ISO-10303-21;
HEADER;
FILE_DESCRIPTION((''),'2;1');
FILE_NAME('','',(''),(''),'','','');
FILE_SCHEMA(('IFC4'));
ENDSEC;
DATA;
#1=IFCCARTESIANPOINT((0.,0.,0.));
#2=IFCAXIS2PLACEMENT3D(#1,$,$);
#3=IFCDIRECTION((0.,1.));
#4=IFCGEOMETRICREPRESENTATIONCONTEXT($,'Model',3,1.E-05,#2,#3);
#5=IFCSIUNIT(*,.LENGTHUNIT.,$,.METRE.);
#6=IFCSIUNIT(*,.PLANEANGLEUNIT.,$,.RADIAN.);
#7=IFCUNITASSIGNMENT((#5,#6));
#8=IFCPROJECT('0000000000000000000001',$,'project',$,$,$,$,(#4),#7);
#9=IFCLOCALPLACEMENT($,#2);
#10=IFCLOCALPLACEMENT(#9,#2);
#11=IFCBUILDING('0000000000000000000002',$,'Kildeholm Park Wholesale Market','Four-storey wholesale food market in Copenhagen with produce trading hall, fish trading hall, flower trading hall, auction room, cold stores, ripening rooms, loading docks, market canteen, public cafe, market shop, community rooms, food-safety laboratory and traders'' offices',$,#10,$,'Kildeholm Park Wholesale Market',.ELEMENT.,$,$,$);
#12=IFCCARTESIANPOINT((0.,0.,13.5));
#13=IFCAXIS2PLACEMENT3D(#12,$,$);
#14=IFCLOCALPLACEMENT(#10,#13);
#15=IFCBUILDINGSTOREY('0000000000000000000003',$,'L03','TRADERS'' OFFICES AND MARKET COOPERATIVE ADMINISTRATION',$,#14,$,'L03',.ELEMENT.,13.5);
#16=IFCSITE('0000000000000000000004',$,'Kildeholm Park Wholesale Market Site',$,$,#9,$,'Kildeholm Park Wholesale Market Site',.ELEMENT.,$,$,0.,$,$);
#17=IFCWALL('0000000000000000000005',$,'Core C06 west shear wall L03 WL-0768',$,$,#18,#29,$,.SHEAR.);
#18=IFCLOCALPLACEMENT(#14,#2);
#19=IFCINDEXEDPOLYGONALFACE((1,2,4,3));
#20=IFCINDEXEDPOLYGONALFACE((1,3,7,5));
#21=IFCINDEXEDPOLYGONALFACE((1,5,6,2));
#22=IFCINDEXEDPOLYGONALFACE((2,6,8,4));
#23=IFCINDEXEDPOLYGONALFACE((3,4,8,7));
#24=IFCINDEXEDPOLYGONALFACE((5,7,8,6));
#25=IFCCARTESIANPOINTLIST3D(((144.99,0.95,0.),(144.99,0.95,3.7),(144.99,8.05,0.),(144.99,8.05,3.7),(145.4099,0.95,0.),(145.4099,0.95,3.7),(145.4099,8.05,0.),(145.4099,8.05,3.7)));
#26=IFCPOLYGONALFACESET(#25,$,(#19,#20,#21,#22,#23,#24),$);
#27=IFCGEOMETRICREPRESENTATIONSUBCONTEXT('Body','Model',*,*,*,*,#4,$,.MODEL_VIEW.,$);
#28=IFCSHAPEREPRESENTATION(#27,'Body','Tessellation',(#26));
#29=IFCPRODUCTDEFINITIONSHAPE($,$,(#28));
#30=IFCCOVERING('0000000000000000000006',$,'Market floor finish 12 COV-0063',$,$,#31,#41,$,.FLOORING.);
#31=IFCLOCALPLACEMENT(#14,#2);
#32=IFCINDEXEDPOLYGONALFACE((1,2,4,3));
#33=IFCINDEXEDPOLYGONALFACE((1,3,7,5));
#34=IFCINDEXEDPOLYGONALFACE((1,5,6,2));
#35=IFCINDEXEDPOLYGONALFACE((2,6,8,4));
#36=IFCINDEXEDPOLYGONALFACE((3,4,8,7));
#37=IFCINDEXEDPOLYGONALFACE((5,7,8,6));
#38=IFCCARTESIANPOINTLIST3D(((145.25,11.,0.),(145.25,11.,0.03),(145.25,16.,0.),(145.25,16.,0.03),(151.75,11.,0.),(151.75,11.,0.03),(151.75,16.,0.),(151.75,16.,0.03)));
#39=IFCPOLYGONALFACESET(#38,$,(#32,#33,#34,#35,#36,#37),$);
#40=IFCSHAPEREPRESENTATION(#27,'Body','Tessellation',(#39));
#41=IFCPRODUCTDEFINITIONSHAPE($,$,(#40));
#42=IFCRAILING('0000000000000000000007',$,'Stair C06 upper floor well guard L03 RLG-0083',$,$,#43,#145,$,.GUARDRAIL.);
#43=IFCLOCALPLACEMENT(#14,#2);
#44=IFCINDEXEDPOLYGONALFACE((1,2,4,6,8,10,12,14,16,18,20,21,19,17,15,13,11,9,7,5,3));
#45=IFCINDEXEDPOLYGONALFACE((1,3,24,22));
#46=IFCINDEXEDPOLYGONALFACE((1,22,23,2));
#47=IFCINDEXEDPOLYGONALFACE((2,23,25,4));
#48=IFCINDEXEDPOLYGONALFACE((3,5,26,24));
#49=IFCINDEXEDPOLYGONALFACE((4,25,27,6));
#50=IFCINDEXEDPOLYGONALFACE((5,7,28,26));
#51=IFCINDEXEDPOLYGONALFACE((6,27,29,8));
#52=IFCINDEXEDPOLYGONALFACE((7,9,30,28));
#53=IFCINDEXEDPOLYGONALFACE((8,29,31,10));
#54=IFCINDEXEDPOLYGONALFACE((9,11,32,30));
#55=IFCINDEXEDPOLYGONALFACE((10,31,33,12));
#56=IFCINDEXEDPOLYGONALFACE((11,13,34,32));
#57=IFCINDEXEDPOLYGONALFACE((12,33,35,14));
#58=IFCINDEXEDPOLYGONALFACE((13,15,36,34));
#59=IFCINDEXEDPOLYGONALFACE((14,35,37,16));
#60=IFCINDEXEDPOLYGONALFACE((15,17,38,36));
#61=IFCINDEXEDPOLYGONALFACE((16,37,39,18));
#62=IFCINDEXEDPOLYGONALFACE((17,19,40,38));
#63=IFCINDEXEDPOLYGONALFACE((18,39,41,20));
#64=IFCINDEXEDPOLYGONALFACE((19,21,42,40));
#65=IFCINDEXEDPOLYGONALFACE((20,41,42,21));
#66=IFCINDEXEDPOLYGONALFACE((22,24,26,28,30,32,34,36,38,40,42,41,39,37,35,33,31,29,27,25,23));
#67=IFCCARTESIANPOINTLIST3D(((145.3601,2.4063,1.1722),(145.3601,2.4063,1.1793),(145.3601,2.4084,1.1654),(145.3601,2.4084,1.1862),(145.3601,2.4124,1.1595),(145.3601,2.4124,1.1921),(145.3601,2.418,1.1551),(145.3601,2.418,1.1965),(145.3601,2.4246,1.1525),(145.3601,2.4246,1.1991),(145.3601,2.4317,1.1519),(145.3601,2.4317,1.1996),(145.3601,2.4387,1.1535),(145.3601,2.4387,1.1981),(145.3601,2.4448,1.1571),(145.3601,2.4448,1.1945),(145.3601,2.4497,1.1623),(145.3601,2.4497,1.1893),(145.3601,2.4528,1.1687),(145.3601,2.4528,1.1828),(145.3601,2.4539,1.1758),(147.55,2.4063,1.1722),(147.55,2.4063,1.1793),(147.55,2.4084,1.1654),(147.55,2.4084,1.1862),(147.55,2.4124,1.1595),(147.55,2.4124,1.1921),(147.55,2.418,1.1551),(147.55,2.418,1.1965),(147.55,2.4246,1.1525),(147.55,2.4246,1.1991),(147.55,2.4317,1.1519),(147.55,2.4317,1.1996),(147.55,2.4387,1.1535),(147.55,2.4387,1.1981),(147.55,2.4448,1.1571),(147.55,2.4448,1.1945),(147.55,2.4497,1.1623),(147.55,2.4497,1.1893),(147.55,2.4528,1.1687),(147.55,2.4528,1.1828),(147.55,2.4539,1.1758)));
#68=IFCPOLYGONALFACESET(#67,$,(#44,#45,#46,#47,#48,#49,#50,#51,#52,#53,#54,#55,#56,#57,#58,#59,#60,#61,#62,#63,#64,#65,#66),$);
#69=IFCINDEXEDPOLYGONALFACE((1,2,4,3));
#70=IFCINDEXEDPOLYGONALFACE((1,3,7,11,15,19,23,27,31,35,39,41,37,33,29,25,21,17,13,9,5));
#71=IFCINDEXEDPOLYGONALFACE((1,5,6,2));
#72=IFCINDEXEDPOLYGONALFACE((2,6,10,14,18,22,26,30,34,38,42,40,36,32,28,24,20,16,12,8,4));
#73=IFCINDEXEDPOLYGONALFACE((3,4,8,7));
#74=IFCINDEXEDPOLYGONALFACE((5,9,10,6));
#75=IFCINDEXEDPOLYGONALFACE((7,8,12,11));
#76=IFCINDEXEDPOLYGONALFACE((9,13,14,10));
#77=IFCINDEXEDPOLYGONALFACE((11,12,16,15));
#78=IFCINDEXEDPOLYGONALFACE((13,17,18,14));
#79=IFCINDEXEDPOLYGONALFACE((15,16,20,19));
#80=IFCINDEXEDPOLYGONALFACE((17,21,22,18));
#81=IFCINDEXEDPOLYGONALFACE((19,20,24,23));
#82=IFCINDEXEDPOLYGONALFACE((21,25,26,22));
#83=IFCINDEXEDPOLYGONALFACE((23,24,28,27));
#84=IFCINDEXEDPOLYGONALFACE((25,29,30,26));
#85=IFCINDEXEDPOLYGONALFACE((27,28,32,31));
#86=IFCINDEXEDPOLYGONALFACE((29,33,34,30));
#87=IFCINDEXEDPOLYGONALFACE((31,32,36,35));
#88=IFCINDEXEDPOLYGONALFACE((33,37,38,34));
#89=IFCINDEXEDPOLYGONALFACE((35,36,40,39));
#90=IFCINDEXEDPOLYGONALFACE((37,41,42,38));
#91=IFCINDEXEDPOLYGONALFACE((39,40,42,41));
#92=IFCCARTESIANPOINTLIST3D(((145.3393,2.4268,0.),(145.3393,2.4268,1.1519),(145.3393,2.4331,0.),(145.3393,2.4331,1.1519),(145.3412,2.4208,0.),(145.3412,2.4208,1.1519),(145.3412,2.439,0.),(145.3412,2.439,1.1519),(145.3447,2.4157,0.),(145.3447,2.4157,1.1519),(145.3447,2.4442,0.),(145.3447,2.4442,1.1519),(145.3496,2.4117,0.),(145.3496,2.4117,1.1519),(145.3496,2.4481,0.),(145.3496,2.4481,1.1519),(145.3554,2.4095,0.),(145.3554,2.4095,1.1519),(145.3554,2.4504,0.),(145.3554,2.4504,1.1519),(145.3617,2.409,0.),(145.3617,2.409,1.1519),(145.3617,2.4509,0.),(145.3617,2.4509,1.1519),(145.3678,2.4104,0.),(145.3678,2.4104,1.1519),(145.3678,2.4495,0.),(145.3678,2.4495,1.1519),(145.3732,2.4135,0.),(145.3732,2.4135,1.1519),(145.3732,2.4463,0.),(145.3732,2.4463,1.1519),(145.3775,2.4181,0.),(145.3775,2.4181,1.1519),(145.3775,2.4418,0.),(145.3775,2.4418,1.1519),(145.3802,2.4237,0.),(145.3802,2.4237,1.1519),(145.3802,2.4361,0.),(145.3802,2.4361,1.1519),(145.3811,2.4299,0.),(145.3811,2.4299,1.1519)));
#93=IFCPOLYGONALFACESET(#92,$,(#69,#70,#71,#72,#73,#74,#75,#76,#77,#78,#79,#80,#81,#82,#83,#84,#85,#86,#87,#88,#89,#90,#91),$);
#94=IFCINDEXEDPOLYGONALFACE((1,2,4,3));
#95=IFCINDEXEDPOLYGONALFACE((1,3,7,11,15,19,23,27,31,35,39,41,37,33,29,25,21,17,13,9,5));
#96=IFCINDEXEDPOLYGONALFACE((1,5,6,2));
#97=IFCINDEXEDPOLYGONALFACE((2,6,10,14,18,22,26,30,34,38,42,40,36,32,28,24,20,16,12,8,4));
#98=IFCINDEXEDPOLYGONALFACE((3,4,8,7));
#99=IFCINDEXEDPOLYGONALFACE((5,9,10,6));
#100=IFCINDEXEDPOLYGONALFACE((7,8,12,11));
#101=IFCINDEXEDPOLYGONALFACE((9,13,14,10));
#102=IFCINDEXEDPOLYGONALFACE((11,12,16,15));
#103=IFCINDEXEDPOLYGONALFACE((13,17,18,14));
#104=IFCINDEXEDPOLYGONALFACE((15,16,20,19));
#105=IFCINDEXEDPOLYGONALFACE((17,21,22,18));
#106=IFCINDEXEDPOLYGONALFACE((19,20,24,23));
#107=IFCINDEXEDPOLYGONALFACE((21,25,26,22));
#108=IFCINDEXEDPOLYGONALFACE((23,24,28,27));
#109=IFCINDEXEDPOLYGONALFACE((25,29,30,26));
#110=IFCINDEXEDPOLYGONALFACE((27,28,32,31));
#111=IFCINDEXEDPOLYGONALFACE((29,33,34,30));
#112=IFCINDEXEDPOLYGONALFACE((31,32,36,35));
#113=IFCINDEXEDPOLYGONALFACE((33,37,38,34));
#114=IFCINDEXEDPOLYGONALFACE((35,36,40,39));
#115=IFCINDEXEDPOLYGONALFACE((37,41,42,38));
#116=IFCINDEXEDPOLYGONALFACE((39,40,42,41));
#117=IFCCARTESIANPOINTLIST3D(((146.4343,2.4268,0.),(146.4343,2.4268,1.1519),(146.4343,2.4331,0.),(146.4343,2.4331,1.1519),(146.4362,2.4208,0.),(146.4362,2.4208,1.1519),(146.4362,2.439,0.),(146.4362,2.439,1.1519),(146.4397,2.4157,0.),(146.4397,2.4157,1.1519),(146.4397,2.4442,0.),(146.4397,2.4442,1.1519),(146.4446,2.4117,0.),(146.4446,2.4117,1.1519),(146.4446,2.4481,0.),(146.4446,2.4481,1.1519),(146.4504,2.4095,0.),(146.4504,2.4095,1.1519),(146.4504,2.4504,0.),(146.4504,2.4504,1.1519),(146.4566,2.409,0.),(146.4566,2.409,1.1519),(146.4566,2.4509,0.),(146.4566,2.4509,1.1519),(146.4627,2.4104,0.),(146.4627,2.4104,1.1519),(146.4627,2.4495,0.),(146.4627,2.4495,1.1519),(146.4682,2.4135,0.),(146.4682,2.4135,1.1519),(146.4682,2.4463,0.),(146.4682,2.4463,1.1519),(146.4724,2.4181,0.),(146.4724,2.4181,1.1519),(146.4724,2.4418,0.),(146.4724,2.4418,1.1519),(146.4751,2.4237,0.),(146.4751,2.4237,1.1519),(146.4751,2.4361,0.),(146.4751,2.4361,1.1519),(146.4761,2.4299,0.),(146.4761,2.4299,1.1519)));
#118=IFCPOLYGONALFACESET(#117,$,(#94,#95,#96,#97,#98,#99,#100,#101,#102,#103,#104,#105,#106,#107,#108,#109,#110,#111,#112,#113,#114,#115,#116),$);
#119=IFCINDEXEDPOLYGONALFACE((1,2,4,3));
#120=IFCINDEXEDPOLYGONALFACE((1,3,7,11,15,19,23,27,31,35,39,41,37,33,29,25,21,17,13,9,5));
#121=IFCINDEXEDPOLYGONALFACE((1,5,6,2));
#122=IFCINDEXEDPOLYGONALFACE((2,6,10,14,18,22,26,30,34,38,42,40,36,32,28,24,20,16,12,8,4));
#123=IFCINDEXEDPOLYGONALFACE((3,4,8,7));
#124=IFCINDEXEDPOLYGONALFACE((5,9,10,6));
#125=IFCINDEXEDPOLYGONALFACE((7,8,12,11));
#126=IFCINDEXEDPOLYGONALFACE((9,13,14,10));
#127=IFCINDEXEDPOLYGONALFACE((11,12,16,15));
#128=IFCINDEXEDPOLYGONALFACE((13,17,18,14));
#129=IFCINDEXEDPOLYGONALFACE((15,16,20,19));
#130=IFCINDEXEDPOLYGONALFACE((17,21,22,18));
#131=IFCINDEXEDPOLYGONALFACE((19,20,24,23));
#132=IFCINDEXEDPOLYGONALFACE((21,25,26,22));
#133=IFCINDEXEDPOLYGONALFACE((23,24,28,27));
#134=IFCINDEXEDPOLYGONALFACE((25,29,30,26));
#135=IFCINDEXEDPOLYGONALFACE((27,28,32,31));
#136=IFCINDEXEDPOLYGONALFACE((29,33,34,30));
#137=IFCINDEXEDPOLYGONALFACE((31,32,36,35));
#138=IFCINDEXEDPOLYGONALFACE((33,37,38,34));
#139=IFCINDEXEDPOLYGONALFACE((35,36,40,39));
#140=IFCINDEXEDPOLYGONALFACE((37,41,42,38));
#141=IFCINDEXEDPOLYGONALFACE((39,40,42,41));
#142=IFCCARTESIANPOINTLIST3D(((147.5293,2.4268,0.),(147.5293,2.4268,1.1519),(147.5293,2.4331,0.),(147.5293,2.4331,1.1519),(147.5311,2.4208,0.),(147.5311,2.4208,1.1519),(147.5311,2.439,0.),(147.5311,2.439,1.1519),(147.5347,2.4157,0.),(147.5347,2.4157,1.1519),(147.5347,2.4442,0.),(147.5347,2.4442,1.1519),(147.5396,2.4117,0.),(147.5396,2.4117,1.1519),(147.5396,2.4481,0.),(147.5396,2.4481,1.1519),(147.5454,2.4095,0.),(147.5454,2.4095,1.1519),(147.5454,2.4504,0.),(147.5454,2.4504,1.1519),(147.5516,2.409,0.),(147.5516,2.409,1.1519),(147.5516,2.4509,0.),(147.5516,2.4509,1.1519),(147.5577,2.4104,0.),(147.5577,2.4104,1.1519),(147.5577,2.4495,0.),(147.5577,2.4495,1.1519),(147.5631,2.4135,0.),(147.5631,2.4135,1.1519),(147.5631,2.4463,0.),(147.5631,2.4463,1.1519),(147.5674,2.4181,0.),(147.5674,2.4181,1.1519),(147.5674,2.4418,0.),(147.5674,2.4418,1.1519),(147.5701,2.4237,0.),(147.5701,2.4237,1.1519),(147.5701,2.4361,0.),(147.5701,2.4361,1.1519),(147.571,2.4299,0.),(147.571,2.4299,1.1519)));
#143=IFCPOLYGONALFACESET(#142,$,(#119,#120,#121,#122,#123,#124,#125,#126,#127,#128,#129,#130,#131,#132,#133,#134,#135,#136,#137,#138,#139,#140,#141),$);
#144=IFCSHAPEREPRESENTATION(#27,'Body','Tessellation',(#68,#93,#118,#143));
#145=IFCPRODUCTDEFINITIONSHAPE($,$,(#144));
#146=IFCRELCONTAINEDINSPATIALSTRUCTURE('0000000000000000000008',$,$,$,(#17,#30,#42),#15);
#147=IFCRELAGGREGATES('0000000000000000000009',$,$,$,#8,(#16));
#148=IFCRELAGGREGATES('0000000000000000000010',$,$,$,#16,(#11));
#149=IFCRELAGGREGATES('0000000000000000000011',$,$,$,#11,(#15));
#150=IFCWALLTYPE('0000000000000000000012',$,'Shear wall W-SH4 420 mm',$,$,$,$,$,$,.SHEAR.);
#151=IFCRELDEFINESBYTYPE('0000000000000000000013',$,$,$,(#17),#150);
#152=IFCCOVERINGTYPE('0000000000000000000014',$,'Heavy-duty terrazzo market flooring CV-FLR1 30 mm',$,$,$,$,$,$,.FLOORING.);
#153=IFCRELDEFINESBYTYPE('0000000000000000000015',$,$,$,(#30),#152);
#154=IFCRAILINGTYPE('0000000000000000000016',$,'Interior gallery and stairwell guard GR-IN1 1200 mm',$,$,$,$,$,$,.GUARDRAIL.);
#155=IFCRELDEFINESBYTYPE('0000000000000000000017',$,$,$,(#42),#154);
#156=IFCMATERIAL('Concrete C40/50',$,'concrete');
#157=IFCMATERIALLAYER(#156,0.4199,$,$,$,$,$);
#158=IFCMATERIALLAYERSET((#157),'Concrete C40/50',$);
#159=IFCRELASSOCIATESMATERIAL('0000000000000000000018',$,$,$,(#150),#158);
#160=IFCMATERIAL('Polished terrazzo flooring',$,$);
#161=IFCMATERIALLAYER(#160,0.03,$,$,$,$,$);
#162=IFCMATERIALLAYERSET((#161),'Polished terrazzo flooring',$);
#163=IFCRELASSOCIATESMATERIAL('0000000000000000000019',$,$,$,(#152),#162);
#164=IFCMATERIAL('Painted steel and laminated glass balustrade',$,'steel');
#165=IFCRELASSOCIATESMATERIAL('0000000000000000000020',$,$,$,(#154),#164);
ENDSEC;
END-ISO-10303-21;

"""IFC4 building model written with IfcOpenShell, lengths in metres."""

from ifc_helpers import new_model, si_unit, direction, frame, frame_2d, origin, origin_2d, place, context, subcontext, project, spatial, rectangle, circle, extrude, material, layer, layer_set, type_object, element, save


model = new_model("IFC4")

# Units and contexts
model_context = context("Model", 3, precision=1e-05, world=origin(), true_north=direction((0.0, 1.0)))
body_context = subcontext(model_context, "Body", "Model", "MODEL_VIEW")
ifc_project = project(units=[si_unit("LENGTHUNIT", "METRE"), si_unit("PLANEANGLEUNIT", "RADIAN")], contexts=[model_context])

# Site, building, storey
site_placement = place(None, origin())
site = spatial("IfcSite", under=ifc_project, at=site_placement, Name="Kildeholm Park Wholesale Market Site", LongName="Kildeholm Park Wholesale Market Site", CompositionType="ELEMENT", RefElevation=0.0)
building_placement = place(site_placement, origin())
building = spatial("IfcBuilding", under=site, at=building_placement, Name="Kildeholm Park Wholesale Market", Description="Four-storey wholesale food market in Copenhagen with produce trading hall, fish trading hall, flower trading hall, auction room, cold stores, ripening rooms, loading docks, market canteen, public cafe, market shop, community rooms, food-safety laboratory and traders' offices", LongName="Kildeholm Park Wholesale Market", CompositionType="ELEMENT")
storey_placement = place(building_placement, frame((0.0, 0.0, 13.5)))
storey = spatial("IfcBuildingStorey", under=building, at=storey_placement, Name="L03", Description="TRADERS' OFFICES AND MARKET COOPERATIVE ADMINISTRATION", LongName="L03", CompositionType="ELEMENT", Elevation=13.5)

# Wall
ifc_material_1 = material(Name="Concrete C40/50", Category="concrete")
ifc_layer_1 = layer(ifc_material_1, 0.4199)
ifc_layer_set_1 = layer_set([ifc_layer_1], Name="Concrete C40/50")
wall_type_1 = type_object("IfcWallType", Name="Shear wall W-SH4 420 mm", PredefinedType="SHEAR", material=ifc_layer_set_1)
wall_1_placement = place(storey_placement, frame((145.2, 0.95, 0.0), z_axis=(0.0, 0.0, 1.0), x_axis=(0.0, 1.0, 0.0)))
element("IfcWall", 1, at=wall_1_placement, inside=storey, type_object=wall_type_1, Name="Core C06 west shear wall L03 WL-0768", PredefinedType="SHEAR", context=body_context, shape_type="SweptSolid", body=[
    extrude(rectangle(XDim=7.1001, YDim=0.4199, at=frame_2d((3.55, 0.0))), origin(), (0.0, 0.0, 1.0), 3.7),
])

# Covering
ifc_material_2 = material(Name="Polished terrazzo flooring")
ifc_layer_2 = layer(ifc_material_2, 0.03)
ifc_layer_set_2 = layer_set([ifc_layer_2], Name="Polished terrazzo flooring")
covering_type = type_object("IfcCoveringType", Name="Heavy-duty terrazzo market flooring CV-FLR1 30 mm", PredefinedType="FLOORING", material=ifc_layer_set_2)
covering_placement = place(storey_placement, frame((148.5, 13.5, 0.0), z_axis=(0.0, 0.0, 1.0), x_axis=(1.0, 0.0, 0.0)))
element("IfcCovering", 2, at=covering_placement, inside=storey, type_object=covering_type, Name="Market floor finish 12 COV-0063", PredefinedType="FLOORING", context=body_context, shape_type="SweptSolid", body=[
    extrude(rectangle(XDim=6.5, YDim=5.0, at=origin_2d()), origin(), (0.0, 0.0, 1.0), 0.03),
])

# Railing
ifc_material_3 = material(Name="Painted steel and laminated glass balustrade", Category="steel")
railing_type = type_object("IfcRailingType", Name="Interior gallery and stairwell guard GR-IN1 1200 mm", PredefinedType="GUARDRAIL", material=ifc_material_3)
railing_placement = place(storey_placement, frame((145.3601, 2.4299, 0.0)))
element("IfcRailing", 3, at=railing_placement, inside=storey, type_object=railing_type, Name="Stair C06 upper floor well guard L03 RLG-0083", PredefinedType="GUARDRAIL", context=body_context, shape_type="SweptSolid", body=[
    extrude(circle(Radius=0.0239, at=origin_2d()), frame((0.0, 0.0, 1.1758), z_axis=(1.0, 0.0, 0.0), x_axis=(0.0, 1.0, 0.0)), (0.0, 0.0, 1.0), 2.1899),
    extrude(circle(Radius=0.021, at=origin_2d()), origin(), (0.0, 0.0, 1.0), 1.1519),
    extrude(circle(Radius=0.021, at=origin_2d()), frame((1.095, 0.0, 0.0)), (0.0, 0.0, 1.0), 1.1519),
    extrude(circle(Radius=0.021, at=origin_2d()), frame((2.1899, 0.0, 0.0)), (0.0, 0.0, 1.0), 1.1519),
])

save(model, "model.ifc")
